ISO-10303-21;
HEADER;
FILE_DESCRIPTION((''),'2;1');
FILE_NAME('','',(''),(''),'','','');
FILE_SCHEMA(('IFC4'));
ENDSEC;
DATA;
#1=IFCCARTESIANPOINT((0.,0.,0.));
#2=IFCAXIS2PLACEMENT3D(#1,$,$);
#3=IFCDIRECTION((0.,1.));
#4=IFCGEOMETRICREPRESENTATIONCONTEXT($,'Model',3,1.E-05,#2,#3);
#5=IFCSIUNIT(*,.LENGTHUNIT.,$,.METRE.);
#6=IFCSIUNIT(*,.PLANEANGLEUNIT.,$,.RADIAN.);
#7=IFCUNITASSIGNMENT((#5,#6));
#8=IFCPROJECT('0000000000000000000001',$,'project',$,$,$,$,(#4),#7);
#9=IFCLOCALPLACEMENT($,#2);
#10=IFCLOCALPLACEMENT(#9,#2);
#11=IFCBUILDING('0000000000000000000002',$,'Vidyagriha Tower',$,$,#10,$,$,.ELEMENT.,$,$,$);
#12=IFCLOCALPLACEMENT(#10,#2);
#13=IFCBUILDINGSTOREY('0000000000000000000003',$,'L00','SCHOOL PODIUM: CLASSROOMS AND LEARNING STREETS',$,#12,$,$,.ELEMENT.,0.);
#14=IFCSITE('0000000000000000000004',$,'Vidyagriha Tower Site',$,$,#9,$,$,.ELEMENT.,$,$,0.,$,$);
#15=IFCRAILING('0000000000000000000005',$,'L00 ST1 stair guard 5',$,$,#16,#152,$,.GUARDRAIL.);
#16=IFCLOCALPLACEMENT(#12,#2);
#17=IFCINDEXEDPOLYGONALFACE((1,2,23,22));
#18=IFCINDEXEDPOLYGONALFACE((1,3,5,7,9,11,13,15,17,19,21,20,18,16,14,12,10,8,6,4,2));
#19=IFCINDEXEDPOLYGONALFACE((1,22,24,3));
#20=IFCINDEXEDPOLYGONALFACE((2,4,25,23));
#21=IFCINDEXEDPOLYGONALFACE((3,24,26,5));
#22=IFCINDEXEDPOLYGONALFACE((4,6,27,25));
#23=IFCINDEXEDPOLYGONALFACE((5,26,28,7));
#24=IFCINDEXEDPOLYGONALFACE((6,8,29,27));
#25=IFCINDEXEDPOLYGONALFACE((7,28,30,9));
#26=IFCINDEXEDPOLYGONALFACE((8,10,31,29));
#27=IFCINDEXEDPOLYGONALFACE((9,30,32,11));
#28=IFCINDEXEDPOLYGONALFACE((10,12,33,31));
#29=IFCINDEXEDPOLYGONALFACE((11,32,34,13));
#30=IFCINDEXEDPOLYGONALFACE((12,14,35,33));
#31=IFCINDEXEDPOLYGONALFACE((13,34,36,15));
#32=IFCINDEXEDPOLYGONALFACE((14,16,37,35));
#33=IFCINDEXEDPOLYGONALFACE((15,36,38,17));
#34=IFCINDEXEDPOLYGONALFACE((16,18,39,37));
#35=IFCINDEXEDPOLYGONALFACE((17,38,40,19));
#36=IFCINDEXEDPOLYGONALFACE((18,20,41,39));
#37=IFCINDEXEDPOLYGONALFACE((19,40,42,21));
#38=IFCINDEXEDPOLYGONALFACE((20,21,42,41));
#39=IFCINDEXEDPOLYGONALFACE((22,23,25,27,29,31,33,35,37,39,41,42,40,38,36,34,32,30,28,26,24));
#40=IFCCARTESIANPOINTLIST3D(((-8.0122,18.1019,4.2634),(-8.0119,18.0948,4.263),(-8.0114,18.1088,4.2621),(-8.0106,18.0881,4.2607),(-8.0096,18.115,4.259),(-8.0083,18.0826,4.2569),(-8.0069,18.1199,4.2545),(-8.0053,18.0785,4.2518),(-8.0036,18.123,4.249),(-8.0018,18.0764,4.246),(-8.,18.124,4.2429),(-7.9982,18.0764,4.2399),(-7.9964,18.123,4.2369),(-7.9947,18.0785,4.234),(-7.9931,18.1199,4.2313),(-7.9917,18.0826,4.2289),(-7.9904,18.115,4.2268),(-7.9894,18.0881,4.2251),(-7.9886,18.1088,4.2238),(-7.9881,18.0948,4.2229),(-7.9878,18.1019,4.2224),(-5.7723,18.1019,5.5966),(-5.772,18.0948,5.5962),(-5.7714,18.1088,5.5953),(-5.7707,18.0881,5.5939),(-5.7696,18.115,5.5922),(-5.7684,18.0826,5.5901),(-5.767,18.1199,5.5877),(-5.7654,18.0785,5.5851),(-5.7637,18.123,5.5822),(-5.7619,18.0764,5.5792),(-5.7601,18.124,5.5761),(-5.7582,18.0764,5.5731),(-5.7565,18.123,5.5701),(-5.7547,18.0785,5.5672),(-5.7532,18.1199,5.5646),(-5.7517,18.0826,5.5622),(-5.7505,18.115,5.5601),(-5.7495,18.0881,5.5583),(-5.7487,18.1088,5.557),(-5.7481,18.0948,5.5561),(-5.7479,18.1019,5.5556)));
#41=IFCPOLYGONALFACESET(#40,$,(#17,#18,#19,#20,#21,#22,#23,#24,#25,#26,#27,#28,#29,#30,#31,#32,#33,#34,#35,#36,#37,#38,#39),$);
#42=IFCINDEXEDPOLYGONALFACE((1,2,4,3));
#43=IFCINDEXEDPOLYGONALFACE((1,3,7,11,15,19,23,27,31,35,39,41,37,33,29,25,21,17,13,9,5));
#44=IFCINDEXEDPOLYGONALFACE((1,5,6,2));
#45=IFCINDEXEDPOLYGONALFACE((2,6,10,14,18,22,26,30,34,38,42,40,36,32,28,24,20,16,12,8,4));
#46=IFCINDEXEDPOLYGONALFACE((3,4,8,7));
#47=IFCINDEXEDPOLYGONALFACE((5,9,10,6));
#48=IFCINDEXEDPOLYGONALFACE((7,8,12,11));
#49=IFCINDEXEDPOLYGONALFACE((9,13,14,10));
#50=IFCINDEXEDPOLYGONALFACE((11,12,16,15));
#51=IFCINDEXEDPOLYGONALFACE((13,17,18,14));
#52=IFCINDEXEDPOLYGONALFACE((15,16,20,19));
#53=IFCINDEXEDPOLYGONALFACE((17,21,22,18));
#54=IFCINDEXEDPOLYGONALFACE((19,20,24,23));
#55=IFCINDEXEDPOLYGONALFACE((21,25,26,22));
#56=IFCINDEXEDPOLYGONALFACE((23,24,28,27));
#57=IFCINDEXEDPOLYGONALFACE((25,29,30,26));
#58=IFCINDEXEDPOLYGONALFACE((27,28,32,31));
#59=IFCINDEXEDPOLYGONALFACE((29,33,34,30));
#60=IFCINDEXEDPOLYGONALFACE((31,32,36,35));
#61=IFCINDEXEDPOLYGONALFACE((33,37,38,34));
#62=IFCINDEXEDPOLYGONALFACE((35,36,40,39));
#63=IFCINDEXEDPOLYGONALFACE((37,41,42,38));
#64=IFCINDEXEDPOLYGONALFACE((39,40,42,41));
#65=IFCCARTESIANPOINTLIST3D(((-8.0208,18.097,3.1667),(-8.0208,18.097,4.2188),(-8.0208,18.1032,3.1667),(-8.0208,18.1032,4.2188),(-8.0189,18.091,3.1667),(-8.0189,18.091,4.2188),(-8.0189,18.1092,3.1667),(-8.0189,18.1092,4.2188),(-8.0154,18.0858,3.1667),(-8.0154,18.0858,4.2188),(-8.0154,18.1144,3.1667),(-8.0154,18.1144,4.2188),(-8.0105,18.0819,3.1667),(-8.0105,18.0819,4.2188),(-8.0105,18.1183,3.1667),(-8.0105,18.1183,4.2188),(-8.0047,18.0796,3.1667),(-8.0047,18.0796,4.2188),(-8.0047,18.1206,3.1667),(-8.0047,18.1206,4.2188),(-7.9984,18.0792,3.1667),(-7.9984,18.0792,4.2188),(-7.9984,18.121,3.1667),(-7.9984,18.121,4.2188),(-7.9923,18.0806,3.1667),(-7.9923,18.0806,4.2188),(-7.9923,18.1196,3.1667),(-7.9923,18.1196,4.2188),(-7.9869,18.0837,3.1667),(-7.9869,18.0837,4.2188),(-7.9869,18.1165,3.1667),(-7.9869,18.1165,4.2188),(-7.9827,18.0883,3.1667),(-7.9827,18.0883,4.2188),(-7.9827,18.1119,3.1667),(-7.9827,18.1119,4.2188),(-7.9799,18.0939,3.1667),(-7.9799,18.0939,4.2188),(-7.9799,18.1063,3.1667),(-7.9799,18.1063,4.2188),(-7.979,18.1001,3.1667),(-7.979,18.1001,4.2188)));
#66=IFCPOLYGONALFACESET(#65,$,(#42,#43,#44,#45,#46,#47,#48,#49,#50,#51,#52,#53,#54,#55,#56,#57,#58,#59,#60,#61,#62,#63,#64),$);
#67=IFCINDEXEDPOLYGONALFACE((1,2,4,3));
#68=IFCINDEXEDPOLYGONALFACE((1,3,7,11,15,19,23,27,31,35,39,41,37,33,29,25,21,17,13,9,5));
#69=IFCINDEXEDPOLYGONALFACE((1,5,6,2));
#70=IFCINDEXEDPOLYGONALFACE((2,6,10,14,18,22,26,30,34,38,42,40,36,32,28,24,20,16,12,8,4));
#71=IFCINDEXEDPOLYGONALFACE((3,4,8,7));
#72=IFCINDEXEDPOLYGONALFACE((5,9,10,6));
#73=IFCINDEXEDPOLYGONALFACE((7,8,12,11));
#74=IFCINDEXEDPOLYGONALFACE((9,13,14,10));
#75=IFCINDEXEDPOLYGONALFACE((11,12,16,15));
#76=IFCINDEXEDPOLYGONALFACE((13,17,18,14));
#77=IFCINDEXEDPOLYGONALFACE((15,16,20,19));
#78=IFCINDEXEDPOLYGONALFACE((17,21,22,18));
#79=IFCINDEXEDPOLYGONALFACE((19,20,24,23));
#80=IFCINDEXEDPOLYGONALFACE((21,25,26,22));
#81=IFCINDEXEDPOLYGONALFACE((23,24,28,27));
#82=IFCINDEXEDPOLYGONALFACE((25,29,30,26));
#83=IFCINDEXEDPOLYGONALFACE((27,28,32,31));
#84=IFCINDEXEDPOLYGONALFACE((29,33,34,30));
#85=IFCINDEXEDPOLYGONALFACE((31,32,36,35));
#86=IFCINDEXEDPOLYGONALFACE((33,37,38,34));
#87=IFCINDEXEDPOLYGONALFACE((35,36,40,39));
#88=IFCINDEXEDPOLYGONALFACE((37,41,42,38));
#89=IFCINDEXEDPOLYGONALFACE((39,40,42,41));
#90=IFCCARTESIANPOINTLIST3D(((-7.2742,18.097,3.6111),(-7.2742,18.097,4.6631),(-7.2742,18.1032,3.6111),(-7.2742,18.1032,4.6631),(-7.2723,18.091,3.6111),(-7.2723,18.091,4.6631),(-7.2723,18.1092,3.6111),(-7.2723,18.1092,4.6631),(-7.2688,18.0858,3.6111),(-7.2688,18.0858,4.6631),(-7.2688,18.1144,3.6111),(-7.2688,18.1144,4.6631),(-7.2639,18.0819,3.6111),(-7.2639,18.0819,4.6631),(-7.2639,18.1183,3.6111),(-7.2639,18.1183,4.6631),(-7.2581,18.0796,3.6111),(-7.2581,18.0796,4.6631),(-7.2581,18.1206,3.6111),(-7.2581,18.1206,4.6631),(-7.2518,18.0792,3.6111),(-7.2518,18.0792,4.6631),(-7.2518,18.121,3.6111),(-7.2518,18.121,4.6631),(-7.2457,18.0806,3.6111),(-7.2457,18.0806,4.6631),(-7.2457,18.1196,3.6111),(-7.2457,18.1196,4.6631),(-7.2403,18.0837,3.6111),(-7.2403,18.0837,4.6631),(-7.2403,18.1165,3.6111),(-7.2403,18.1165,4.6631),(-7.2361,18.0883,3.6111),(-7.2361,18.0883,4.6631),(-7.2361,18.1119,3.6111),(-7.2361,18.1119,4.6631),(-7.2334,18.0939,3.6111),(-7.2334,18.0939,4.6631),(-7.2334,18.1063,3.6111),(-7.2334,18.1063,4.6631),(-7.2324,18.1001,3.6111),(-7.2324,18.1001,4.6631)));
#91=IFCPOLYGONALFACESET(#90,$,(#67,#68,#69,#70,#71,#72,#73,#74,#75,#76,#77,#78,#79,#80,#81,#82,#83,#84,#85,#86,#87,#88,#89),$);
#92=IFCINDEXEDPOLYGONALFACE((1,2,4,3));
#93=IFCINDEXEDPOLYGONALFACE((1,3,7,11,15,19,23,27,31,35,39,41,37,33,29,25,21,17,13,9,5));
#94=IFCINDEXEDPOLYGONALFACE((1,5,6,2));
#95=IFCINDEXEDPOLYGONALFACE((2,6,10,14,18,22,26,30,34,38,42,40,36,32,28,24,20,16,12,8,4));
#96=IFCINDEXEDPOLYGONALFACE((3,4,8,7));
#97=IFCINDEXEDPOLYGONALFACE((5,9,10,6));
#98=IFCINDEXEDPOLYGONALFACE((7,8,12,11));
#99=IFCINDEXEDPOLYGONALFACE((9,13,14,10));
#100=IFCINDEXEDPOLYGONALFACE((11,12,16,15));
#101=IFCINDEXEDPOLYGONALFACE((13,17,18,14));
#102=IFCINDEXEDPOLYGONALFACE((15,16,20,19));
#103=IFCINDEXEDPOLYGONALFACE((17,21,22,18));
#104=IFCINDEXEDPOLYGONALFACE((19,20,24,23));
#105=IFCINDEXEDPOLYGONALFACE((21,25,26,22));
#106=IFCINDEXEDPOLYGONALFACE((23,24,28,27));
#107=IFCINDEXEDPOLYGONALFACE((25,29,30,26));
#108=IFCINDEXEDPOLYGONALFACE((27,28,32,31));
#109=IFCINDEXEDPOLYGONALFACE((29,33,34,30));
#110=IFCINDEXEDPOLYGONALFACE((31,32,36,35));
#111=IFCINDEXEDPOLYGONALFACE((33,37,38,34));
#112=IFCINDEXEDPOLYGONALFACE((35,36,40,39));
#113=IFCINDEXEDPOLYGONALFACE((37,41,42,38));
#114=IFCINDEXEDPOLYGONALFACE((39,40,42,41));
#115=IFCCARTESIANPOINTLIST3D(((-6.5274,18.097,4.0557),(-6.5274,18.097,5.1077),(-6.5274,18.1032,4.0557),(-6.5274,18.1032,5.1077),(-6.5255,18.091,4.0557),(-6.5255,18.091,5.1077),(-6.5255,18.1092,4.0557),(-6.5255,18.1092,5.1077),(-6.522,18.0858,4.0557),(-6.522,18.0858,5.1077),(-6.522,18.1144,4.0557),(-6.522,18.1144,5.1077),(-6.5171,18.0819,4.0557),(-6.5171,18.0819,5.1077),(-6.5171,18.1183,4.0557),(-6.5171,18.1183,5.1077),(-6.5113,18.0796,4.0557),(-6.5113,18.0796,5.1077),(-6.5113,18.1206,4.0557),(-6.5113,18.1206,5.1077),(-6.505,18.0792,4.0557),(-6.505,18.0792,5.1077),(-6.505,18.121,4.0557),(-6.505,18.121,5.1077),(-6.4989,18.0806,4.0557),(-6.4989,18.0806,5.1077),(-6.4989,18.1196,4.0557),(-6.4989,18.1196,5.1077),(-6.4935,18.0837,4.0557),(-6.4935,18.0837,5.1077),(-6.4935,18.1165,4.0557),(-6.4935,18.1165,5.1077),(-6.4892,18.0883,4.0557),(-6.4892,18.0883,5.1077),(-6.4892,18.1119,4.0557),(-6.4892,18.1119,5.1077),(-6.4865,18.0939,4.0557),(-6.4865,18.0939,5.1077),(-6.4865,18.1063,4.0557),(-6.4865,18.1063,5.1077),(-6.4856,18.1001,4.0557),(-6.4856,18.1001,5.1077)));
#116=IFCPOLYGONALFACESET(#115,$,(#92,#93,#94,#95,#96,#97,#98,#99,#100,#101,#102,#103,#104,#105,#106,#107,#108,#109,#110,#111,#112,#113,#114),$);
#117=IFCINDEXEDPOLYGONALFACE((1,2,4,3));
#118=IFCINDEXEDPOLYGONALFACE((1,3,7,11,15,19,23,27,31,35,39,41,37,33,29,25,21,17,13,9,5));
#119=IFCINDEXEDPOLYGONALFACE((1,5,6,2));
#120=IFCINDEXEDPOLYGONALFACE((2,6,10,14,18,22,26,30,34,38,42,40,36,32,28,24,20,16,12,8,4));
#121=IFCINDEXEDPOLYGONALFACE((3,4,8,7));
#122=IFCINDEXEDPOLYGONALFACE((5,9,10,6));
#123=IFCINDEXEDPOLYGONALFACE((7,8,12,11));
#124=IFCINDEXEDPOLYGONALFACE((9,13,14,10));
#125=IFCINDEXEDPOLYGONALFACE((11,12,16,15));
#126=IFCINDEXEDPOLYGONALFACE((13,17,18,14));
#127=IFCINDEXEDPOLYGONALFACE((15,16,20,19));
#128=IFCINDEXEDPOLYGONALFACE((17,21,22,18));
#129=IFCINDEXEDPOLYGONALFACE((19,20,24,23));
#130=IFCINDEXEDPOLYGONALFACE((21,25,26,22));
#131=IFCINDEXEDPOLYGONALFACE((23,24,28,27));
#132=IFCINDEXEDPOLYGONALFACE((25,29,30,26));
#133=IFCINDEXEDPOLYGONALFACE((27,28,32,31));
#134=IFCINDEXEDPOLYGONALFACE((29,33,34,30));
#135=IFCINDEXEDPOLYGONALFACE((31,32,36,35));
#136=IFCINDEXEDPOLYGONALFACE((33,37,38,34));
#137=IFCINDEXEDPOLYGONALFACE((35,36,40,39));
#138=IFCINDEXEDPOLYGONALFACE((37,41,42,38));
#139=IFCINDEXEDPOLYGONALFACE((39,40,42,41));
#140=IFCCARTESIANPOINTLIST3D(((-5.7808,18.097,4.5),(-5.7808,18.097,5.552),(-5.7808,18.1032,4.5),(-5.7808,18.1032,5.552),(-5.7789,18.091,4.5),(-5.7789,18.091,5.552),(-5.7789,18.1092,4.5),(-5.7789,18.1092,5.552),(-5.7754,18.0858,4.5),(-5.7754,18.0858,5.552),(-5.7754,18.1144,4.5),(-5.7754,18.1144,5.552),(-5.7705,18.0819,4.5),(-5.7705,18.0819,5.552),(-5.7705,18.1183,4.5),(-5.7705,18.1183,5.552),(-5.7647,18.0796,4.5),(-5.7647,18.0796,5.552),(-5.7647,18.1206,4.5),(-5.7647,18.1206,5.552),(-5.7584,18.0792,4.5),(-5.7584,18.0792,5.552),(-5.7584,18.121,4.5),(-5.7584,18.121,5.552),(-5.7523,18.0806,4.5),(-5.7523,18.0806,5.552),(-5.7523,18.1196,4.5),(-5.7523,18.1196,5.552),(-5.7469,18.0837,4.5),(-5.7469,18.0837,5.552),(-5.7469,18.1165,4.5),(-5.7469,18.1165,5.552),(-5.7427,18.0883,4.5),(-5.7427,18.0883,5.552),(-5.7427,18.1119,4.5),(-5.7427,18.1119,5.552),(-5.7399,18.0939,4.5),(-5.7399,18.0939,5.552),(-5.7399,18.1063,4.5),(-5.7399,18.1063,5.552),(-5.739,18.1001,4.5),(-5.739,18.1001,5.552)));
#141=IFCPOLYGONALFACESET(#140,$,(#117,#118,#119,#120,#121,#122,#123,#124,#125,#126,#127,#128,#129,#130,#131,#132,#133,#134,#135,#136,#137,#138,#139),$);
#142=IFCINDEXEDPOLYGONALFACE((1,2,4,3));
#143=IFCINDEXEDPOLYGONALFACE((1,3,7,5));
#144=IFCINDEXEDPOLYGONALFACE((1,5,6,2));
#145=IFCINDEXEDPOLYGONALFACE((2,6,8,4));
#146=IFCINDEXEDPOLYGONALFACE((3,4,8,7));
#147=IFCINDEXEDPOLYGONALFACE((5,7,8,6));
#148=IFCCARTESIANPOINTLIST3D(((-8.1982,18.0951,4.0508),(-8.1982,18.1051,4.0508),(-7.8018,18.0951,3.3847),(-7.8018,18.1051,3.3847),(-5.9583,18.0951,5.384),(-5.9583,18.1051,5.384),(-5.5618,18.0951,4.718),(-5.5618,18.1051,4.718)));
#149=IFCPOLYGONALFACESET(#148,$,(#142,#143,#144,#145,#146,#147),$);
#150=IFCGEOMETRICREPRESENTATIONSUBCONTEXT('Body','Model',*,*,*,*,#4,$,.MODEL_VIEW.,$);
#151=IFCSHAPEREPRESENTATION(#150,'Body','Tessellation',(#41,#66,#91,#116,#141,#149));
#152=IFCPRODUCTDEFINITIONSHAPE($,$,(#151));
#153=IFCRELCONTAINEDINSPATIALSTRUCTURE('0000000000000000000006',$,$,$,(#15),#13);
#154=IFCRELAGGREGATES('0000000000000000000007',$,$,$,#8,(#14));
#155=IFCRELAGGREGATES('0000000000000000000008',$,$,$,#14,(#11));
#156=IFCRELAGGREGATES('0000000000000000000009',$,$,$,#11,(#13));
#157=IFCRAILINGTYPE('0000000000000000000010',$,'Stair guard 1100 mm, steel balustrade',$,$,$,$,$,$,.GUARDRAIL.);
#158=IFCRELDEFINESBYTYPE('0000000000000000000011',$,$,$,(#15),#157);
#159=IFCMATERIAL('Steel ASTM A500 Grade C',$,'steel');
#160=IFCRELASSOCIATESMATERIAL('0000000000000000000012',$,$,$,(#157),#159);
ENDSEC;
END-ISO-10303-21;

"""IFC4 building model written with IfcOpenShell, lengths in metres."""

from ifc_helpers import new_model, si_unit, direction, frame, origin, origin_2d, place, context, subcontext, project, spatial, rectangle, circle, extrude, material, type_object, element, save


model = new_model("IFC4")

# Units and contexts
model_context = context("Model", 3, precision=1e-05, world=origin(), true_north=direction((0.0, 1.0)))
body_context = subcontext(model_context, "Body", "Model", "MODEL_VIEW")
ifc_project = project(units=[si_unit("LENGTHUNIT", "METRE"), si_unit("PLANEANGLEUNIT", "RADIAN")], contexts=[model_context])

# Site, building, storey
site_placement = place(None, origin())
site = spatial("IfcSite", under=ifc_project, at=site_placement, Name="Vidyagriha Tower Site", CompositionType="ELEMENT", RefElevation=0.0)
building_placement = place(site_placement, origin())
building = spatial("IfcBuilding", under=site, at=building_placement, Name="Vidyagriha Tower", CompositionType="ELEMENT")
storey_placement = place(building_placement, origin())
storey = spatial("IfcBuildingStorey", under=building, at=storey_placement, Name="L00", Description="SCHOOL PODIUM: CLASSROOMS AND LEARNING STREETS", CompositionType="ELEMENT", Elevation=0.0)

# Railing
ifc_material_1 = material(Name="Steel ASTM A500 Grade C", Category="steel")
railing_type_1 = type_object("IfcRailingType", Name="Stair guard 1100 mm, steel balustrade", PredefinedType="GUARDRAIL", material=ifc_material_1)
railing_1_placement = place(storey_placement, frame((-8.0, 18.1001, 3.1667)))
element("IfcRailing", 1, at=railing_1_placement, inside=storey, type_object=railing_type_1, Name="L00 ST1 stair guard 5", PredefinedType="GUARDRAIL", context=body_context, shape_type="SweptSolid", body=[
    extrude(circle(Radius=0.0239, at=origin_2d()), frame((0.0, 0.0, 1.0762), z_axis=(0.859306, 0.0, 0.511462), x_axis=(0.0, 1.0, 0.0)), (0.0, 0.0, 1.0), 2.6067),
    extrude(circle(Radius=0.021, at=origin_2d()), origin(), (0.0, 0.0, 1.0), 1.052),
    extrude(circle(Radius=0.021, at=origin_2d()), frame((0.7466, 0.0, 0.4443)), (0.0, 0.0, 1.0), 1.052),
    extrude(circle(Radius=0.021, at=origin_2d()), frame((1.4934, 0.0, 0.8889)), (0.0, 0.0, 1.0), 1.052),
    extrude(circle(Radius=0.021, at=origin_2d()), frame((2.24, 0.0, 1.3333)), (0.0, 0.0, 1.0), 1.052),
    extrude(rectangle(XDim=0.01, YDim=0.7751, at=origin_2d()), frame((0.0, 0.0, 0.551), z_axis=(0.859306, 0.0, 0.511462), x_axis=(0.0, 1.0, 0.0)), (0.0, 0.0, 1.0), 2.6067),
])

save(model, "model.ifc")
